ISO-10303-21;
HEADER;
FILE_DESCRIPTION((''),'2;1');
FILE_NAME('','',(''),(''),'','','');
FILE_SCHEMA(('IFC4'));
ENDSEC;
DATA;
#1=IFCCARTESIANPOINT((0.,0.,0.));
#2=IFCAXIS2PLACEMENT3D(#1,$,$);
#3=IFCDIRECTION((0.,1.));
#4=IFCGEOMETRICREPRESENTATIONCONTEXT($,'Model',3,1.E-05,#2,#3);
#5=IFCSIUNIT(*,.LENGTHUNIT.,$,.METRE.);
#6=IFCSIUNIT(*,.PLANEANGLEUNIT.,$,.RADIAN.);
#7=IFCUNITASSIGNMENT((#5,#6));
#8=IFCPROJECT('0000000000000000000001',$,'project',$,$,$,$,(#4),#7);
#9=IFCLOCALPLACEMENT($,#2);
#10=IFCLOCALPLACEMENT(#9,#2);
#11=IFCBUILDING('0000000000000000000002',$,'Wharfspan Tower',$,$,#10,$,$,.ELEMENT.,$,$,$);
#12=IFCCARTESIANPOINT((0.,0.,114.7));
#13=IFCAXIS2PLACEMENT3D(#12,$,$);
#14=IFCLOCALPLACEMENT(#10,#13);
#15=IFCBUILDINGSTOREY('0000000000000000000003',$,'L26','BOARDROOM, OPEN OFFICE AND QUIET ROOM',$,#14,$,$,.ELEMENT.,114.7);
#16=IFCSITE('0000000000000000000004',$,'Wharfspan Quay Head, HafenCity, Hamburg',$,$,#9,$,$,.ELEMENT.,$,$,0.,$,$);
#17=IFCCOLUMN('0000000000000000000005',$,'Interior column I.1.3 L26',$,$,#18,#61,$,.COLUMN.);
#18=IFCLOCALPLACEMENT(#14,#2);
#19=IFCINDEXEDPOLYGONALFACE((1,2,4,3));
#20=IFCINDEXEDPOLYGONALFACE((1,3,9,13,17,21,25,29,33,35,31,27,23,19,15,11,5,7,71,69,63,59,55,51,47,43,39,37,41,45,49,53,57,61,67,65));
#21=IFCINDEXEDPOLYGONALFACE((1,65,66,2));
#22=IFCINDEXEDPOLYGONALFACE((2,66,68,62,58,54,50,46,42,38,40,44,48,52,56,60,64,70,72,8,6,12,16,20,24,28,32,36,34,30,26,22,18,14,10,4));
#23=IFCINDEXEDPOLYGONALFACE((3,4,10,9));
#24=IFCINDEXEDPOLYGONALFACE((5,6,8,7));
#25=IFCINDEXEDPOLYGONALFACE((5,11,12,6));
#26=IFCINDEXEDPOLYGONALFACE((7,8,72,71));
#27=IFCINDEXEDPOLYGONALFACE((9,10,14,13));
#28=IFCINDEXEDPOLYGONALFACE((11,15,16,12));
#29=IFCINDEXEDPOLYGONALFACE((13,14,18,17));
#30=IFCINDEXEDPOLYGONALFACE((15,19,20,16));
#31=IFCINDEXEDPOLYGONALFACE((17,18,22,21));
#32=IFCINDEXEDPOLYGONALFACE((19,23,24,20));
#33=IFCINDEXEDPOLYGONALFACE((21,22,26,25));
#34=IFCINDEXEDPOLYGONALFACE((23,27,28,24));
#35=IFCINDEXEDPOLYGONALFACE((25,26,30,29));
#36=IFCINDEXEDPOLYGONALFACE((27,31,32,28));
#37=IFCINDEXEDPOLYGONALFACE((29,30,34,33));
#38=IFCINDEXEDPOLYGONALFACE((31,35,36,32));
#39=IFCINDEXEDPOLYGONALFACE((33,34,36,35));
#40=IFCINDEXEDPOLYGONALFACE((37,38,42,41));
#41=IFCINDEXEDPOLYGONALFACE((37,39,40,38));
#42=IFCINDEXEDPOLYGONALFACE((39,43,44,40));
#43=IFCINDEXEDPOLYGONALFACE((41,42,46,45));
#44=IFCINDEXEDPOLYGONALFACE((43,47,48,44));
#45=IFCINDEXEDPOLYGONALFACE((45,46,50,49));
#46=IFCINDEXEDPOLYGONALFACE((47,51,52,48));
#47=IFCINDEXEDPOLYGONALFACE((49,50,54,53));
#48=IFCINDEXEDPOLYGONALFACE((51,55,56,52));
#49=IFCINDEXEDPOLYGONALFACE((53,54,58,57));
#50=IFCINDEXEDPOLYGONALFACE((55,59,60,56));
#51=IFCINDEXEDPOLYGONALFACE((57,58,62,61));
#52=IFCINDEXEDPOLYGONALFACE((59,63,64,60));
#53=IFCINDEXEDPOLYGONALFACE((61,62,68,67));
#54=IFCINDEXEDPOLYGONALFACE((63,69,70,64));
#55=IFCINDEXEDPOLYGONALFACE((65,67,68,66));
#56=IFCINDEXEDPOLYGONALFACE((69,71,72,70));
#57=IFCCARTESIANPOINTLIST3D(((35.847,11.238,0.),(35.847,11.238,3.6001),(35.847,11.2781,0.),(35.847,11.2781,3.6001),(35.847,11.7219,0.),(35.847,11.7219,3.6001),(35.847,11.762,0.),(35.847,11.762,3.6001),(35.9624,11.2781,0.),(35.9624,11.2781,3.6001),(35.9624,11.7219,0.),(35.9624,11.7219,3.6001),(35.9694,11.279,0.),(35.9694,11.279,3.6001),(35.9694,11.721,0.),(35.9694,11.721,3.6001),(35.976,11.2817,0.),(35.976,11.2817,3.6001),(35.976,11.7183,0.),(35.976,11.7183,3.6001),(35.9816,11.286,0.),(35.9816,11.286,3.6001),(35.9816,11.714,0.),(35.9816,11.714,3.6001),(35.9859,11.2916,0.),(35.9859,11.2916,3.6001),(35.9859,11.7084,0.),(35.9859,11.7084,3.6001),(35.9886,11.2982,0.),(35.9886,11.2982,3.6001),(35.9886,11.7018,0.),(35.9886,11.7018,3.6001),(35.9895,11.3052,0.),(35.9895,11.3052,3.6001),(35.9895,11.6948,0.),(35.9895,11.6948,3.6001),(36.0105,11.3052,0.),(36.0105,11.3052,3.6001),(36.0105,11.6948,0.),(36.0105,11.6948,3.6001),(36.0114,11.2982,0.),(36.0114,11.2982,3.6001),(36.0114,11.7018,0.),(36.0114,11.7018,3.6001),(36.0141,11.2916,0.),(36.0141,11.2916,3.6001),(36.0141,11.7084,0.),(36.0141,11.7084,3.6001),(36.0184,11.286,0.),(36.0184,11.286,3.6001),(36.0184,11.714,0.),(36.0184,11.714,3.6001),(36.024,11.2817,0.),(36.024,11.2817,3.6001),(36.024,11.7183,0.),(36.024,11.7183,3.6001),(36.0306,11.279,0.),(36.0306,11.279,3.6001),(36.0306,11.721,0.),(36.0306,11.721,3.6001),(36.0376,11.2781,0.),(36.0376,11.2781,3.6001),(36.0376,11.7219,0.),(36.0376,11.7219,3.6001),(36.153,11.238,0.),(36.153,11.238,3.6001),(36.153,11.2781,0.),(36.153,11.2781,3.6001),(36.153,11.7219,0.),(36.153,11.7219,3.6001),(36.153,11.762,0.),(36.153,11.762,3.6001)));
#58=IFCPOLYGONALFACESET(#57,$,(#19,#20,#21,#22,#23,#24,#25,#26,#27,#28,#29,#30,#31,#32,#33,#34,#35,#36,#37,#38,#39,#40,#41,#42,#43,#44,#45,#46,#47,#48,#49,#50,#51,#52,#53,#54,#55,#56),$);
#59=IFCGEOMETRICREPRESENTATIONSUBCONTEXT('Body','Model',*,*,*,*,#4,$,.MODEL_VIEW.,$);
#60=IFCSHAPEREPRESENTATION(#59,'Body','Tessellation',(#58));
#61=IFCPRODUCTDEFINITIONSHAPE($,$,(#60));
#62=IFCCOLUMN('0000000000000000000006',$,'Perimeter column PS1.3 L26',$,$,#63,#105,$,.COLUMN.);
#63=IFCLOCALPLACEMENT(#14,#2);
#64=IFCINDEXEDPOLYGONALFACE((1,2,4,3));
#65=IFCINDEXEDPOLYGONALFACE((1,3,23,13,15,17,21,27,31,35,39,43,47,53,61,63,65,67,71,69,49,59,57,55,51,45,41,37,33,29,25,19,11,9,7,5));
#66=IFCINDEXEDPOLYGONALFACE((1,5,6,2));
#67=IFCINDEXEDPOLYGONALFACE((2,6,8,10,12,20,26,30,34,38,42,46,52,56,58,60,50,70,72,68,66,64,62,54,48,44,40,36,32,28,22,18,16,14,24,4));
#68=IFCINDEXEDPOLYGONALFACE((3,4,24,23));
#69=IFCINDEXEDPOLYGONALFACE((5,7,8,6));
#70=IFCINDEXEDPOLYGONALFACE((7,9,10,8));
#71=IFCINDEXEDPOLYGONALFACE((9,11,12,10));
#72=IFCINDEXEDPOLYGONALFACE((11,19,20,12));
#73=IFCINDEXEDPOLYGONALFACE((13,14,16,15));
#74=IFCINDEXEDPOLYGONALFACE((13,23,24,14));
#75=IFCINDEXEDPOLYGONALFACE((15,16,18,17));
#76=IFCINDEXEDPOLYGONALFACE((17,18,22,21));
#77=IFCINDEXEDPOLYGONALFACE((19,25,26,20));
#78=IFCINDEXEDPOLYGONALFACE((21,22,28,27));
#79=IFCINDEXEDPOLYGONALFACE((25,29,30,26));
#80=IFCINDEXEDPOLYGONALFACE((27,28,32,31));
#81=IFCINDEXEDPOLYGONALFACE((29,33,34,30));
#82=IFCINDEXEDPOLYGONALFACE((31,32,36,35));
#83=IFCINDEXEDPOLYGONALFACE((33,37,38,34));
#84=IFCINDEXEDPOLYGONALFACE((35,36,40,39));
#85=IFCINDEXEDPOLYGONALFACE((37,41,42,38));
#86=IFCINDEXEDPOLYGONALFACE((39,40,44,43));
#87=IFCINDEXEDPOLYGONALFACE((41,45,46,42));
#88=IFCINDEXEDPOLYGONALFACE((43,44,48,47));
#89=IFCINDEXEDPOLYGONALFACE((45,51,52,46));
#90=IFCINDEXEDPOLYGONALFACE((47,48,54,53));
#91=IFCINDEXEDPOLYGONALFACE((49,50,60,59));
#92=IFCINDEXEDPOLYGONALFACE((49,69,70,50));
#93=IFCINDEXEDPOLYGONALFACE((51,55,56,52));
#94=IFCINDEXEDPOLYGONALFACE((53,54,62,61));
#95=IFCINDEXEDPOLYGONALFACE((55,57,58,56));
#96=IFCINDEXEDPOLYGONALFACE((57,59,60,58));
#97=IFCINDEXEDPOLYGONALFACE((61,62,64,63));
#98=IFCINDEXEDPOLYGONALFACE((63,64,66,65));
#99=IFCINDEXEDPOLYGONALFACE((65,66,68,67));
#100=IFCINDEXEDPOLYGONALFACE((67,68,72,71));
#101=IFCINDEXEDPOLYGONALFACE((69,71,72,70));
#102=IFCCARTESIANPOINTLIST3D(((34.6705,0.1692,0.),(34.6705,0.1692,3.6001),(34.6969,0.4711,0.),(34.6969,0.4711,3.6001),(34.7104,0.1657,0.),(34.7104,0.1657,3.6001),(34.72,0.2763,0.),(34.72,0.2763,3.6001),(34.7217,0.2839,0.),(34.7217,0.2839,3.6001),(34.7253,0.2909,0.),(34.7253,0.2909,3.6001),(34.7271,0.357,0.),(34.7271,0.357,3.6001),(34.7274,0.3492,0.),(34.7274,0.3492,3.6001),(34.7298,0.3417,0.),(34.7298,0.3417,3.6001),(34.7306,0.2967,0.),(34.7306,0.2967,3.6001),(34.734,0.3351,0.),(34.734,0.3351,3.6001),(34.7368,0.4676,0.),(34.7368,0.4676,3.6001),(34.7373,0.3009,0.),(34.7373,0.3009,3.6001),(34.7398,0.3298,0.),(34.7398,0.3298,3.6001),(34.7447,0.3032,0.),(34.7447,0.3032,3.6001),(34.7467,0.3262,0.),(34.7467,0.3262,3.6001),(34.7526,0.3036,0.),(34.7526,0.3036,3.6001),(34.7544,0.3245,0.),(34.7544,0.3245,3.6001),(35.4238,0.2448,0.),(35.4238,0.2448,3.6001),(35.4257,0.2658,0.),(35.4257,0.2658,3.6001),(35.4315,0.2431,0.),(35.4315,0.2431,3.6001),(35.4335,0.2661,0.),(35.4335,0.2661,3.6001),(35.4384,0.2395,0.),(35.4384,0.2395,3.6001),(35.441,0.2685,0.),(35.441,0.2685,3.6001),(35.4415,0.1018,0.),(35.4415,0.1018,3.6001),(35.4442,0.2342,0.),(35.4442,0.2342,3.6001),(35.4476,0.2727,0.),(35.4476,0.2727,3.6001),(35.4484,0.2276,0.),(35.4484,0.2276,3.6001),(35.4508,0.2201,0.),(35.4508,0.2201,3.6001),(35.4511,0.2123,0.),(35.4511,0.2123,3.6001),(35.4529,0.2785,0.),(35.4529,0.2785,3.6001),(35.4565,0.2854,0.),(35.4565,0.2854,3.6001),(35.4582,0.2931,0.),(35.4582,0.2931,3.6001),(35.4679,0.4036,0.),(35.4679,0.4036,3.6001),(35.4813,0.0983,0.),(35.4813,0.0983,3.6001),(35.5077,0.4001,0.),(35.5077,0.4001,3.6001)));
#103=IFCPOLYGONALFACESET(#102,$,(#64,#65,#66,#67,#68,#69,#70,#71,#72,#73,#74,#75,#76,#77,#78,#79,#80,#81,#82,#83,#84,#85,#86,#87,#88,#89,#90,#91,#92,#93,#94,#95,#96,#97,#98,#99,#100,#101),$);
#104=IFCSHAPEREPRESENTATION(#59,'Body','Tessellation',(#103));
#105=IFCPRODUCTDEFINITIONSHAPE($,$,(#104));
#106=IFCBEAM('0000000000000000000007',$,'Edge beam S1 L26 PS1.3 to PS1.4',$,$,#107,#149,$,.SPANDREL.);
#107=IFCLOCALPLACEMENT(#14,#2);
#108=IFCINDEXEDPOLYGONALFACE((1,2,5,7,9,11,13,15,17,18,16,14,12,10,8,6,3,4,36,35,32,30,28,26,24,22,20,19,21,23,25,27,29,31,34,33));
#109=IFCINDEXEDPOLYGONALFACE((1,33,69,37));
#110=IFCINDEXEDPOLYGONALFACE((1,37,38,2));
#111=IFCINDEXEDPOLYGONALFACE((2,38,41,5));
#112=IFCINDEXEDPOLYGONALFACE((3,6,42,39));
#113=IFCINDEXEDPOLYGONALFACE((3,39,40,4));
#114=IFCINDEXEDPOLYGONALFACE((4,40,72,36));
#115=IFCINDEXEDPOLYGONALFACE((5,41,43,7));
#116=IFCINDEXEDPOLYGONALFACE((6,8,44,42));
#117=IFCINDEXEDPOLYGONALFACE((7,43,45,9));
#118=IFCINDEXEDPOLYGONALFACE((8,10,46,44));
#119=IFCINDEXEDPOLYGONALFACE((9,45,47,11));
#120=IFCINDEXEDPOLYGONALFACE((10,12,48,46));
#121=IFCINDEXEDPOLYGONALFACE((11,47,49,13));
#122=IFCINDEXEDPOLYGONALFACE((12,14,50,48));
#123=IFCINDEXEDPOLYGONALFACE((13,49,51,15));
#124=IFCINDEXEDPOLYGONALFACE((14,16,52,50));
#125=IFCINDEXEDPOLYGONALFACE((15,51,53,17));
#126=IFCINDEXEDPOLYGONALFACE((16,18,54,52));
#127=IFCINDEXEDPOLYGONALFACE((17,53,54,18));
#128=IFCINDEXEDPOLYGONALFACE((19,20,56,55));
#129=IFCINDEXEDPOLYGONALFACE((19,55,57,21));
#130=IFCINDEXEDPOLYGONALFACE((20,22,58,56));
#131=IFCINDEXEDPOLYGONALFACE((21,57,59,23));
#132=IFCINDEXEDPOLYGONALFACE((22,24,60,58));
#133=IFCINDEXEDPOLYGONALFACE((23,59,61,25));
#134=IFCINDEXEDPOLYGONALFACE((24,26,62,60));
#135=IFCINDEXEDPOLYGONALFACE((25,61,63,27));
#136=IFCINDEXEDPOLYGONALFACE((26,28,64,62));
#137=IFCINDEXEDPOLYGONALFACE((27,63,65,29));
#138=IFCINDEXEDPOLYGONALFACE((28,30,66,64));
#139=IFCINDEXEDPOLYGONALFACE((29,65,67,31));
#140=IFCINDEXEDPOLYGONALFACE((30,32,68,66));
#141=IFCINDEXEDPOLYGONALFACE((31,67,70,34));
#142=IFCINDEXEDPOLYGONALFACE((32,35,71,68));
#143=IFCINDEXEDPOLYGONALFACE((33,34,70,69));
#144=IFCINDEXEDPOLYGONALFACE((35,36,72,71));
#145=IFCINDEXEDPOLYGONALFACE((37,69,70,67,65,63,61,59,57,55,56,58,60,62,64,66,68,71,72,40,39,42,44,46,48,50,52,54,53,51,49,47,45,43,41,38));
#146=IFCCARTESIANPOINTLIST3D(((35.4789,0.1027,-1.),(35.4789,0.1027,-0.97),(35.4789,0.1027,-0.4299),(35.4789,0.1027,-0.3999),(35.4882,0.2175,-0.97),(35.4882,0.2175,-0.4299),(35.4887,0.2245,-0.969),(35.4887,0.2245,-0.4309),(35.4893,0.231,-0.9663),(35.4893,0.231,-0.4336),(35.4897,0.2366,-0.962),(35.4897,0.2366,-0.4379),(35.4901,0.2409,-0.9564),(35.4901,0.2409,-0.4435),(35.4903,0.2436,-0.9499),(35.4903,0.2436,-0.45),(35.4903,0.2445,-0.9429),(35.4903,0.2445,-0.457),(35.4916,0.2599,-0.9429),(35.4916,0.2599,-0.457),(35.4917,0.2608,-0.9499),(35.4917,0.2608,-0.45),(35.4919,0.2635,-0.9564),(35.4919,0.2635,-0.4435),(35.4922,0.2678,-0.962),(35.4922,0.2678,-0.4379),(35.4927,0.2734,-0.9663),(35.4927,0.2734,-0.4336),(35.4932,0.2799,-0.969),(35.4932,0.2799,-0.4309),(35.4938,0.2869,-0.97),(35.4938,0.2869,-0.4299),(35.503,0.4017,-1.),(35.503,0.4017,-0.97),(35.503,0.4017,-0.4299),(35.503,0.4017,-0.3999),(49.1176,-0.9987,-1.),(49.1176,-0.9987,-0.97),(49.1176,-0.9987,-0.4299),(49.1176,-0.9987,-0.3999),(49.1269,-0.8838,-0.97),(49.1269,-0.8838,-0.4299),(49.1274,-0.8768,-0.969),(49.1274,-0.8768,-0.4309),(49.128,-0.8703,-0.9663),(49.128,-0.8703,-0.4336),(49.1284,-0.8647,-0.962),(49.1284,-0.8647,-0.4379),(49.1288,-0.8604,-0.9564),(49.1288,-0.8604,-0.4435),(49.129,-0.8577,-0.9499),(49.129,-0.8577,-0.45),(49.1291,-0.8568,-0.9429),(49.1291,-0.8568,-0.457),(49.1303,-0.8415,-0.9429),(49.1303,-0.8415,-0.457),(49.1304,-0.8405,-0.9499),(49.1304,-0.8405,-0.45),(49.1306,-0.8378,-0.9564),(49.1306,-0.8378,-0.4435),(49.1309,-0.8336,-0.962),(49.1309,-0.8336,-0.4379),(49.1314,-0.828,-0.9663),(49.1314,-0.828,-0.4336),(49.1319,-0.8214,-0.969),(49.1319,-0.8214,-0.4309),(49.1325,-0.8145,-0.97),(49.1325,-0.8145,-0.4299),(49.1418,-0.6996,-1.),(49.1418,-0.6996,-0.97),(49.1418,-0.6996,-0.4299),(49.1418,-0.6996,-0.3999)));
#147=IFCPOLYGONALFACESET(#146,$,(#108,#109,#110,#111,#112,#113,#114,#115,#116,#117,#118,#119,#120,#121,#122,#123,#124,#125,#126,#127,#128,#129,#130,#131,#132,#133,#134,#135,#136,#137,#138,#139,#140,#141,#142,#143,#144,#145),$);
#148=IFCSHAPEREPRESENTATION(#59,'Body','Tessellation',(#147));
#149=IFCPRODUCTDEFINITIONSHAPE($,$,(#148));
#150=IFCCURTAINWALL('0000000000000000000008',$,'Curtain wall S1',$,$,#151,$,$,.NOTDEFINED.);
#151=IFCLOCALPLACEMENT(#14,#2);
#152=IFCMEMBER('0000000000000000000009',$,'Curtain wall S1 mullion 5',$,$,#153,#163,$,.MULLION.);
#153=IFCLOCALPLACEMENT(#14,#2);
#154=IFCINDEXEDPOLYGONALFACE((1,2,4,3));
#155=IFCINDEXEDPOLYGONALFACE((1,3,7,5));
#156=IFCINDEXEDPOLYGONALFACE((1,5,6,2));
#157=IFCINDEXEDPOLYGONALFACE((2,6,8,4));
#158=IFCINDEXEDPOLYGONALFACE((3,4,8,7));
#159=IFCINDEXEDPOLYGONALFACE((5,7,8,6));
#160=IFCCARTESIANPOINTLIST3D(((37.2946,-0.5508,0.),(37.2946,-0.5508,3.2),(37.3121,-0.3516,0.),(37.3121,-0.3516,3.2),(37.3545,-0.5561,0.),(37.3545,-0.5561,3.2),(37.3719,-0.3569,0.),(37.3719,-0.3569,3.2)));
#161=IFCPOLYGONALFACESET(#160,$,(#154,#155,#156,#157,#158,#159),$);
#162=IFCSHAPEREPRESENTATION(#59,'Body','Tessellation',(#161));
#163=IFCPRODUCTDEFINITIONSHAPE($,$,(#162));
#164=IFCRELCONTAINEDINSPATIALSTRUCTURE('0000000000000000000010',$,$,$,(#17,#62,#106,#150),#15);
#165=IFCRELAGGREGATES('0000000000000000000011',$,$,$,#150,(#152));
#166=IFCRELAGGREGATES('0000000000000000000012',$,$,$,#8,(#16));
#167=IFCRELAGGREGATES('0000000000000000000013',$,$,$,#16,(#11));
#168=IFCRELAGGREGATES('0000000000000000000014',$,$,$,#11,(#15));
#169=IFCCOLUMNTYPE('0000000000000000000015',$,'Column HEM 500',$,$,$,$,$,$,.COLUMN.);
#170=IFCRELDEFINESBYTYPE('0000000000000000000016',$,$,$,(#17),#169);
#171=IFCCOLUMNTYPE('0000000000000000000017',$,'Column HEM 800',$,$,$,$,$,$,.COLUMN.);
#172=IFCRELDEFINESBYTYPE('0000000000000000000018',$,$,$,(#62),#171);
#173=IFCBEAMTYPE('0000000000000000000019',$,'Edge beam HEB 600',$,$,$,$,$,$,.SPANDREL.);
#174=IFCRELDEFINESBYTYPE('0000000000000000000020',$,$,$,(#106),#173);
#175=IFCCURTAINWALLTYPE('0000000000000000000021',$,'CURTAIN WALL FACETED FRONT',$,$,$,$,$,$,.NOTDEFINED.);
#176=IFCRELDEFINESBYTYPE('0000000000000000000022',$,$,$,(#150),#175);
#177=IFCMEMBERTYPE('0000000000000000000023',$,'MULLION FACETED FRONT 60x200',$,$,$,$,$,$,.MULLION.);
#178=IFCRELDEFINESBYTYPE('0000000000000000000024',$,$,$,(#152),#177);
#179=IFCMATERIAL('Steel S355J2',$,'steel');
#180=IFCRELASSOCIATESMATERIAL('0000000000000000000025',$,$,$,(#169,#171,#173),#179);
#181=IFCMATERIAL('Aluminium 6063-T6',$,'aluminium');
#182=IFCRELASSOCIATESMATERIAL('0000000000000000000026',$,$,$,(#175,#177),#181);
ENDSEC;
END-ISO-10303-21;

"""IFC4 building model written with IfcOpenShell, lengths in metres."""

from ifc_helpers import new_model, si_unit, direction, frame, origin, origin_2d, place, context, subcontext, project, spatial, rectangle, i_section, extrude, material, material_profile, profile_set, type_object, element, aggregate, save


model = new_model("IFC4")

# Units and contexts
model_context = context("Model", 3, precision=1e-05, world=origin(), true_north=direction((0.0, 1.0)))
body_context = subcontext(model_context, "Body", "Model", "MODEL_VIEW")
ifc_project = project(units=[si_unit("LENGTHUNIT", "METRE"), si_unit("PLANEANGLEUNIT", "RADIAN")], contexts=[model_context])

# Site, building, storey
site_placement = place(None, origin())
site = spatial("IfcSite", under=ifc_project, at=site_placement, Name="Wharfspan Quay Head, HafenCity, Hamburg", CompositionType="ELEMENT", RefElevation=0.0)
building_placement = place(site_placement, origin())
building = spatial("IfcBuilding", under=site, at=building_placement, Name="Wharfspan Tower", CompositionType="ELEMENT")
storey_placement = place(building_placement, frame((0.0, 0.0, 114.7)))
storey = spatial("IfcBuildingStorey", under=building, at=storey_placement, Name="L26", Description="BOARDROOM, OPEN OFFICE AND QUIET ROOM", CompositionType="ELEMENT", Elevation=114.7)

# Columns
ifc_material_1 = material(Name="Steel S355J2", Category="steel")
ifc_material_profile_1 = material_profile(ifc_material_1, i_section(OverallWidth=0.3059, OverallDepth=0.5239, WebThickness=0.021, FlangeThickness=0.04, FilletRadius=0.0271, at=origin_2d()))
ifc_profile_set_1 = profile_set([ifc_material_profile_1], Name="Steel S355J2")
column_type_1 = type_object("IfcColumnType", Name="Column HEM 500", PredefinedType="COLUMN", material=ifc_profile_set_1)
column_1_placement = place(storey_placement, frame((36.0, 11.5, 0.0), z_axis=(0.0, 0.0, 1.0), x_axis=(1.0, 0.0, 0.0)))
element("IfcColumn", 1, at=column_1_placement, inside=storey, type_object=column_type_1, Name="Interior column I.1.3 L26", PredefinedType="COLUMN", context=body_context, shape_type="SweptSolid", body=[
    extrude(i_section(OverallWidth=0.3059, OverallDepth=0.5239, WebThickness=0.021, FlangeThickness=0.04, FilletRadius=0.0271, at=origin_2d()), origin(), (0.0, 0.0, 1.0), 3.6001),
])
ifc_material_profile_2 = material_profile(ifc_material_1, i_section(OverallWidth=0.303, OverallDepth=0.814, WebThickness=0.021, FlangeThickness=0.04, FilletRadius=0.03, at=origin_2d()))
ifc_profile_set_2 = profile_set([ifc_material_profile_2], Name="Steel S355J2")
column_type_2 = type_object("IfcColumnType", Name="Column HEM 800", PredefinedType="COLUMN", material=ifc_profile_set_2)
column_2_placement = place(storey_placement, frame((35.0891, 0.2847, 0.0), z_axis=(0.0, 0.0, 1.0), x_axis=(-0.087156, -0.996198, 0.0)))
element("IfcColumn", 2, at=column_2_placement, inside=storey, type_object=column_type_2, Name="Perimeter column PS1.3 L26", PredefinedType="COLUMN", context=body_context, shape_type="SweptSolid", body=[
    extrude(i_section(OverallWidth=0.303, OverallDepth=0.814, WebThickness=0.021, FlangeThickness=0.04, FilletRadius=0.03, at=origin_2d()), origin(), (0.0, 0.0, 1.0), 3.6001),
])

# Beam
ifc_material_profile_3 = material_profile(ifc_material_1, i_section(OverallWidth=0.3, OverallDepth=0.6001, WebThickness=0.0154, FlangeThickness=0.03, FilletRadius=0.0271, at=origin_2d()))
ifc_profile_set_3 = profile_set([ifc_material_profile_3], Name="Steel S355J2")
beam_type = type_object("IfcBeamType", Name="Edge beam HEB 600", PredefinedType="SPANDREL", material=ifc_profile_set_3)
beam_placement = place(storey_placement, frame((35.491, 0.2522, -0.7), z_axis=(0.996756, -0.080488, 0.0), x_axis=(0.080488, 0.996756, 0.0)))
element("IfcBeam", 3, at=beam_placement, inside=storey, type_object=beam_type, Name="Edge beam S1 L26 PS1.3 to PS1.4", PredefinedType="SPANDREL", context=body_context, shape_type="SweptSolid", body=[
    extrude(i_section(OverallWidth=0.3, OverallDepth=0.6001, WebThickness=0.0154, FlangeThickness=0.03, FilletRadius=0.0271, at=origin_2d()), origin(), (0.0, 0.0, 1.0), 13.6831),
])

# Curtain wall, member
ifc_material_2 = material(Name="Aluminium 6063-T6", Category="aluminium")
curtain_wall_type = type_object("IfcCurtainWallType", Name="CURTAIN WALL FACETED FRONT", PredefinedType="NOTDEFINED", material=ifc_material_2)
curtain_wall_placement = place(storey_placement, origin())
curtain_wall = element("IfcCurtainWall", 4, at=curtain_wall_placement, inside=storey, type_object=curtain_wall_type, Name="Curtain wall S1", PredefinedType="NOTDEFINED")
ifc_material_profile_4 = material_profile(ifc_material_2, rectangle(XDim=0.2, YDim=0.0601, at=origin_2d()))
ifc_profile_set_4 = profile_set([ifc_material_profile_4], Name="Aluminium 6063-T6")
member_type_1 = type_object("IfcMemberType", Name="MULLION FACETED FRONT 60x200", PredefinedType="MULLION", material=ifc_profile_set_4)
member_1_placement = place(storey_placement, frame((37.3333, -0.4539, 0.0), z_axis=(0.0, 0.0, 1.0), x_axis=(0.087156, 0.996198, 0.0)))
member_1 = element("IfcMember", 5, at=member_1_placement, type_object=member_type_1, Name="Curtain wall S1 mullion 5", PredefinedType="MULLION", context=body_context, shape_type="SweptSolid", body=[
    extrude(rectangle(XDim=0.2, YDim=0.0601, at=origin_2d()), origin(), (0.0, 0.0, 1.0), 3.2),
])

aggregate(curtain_wall, [member_1])

save(model, "model.ifc")
